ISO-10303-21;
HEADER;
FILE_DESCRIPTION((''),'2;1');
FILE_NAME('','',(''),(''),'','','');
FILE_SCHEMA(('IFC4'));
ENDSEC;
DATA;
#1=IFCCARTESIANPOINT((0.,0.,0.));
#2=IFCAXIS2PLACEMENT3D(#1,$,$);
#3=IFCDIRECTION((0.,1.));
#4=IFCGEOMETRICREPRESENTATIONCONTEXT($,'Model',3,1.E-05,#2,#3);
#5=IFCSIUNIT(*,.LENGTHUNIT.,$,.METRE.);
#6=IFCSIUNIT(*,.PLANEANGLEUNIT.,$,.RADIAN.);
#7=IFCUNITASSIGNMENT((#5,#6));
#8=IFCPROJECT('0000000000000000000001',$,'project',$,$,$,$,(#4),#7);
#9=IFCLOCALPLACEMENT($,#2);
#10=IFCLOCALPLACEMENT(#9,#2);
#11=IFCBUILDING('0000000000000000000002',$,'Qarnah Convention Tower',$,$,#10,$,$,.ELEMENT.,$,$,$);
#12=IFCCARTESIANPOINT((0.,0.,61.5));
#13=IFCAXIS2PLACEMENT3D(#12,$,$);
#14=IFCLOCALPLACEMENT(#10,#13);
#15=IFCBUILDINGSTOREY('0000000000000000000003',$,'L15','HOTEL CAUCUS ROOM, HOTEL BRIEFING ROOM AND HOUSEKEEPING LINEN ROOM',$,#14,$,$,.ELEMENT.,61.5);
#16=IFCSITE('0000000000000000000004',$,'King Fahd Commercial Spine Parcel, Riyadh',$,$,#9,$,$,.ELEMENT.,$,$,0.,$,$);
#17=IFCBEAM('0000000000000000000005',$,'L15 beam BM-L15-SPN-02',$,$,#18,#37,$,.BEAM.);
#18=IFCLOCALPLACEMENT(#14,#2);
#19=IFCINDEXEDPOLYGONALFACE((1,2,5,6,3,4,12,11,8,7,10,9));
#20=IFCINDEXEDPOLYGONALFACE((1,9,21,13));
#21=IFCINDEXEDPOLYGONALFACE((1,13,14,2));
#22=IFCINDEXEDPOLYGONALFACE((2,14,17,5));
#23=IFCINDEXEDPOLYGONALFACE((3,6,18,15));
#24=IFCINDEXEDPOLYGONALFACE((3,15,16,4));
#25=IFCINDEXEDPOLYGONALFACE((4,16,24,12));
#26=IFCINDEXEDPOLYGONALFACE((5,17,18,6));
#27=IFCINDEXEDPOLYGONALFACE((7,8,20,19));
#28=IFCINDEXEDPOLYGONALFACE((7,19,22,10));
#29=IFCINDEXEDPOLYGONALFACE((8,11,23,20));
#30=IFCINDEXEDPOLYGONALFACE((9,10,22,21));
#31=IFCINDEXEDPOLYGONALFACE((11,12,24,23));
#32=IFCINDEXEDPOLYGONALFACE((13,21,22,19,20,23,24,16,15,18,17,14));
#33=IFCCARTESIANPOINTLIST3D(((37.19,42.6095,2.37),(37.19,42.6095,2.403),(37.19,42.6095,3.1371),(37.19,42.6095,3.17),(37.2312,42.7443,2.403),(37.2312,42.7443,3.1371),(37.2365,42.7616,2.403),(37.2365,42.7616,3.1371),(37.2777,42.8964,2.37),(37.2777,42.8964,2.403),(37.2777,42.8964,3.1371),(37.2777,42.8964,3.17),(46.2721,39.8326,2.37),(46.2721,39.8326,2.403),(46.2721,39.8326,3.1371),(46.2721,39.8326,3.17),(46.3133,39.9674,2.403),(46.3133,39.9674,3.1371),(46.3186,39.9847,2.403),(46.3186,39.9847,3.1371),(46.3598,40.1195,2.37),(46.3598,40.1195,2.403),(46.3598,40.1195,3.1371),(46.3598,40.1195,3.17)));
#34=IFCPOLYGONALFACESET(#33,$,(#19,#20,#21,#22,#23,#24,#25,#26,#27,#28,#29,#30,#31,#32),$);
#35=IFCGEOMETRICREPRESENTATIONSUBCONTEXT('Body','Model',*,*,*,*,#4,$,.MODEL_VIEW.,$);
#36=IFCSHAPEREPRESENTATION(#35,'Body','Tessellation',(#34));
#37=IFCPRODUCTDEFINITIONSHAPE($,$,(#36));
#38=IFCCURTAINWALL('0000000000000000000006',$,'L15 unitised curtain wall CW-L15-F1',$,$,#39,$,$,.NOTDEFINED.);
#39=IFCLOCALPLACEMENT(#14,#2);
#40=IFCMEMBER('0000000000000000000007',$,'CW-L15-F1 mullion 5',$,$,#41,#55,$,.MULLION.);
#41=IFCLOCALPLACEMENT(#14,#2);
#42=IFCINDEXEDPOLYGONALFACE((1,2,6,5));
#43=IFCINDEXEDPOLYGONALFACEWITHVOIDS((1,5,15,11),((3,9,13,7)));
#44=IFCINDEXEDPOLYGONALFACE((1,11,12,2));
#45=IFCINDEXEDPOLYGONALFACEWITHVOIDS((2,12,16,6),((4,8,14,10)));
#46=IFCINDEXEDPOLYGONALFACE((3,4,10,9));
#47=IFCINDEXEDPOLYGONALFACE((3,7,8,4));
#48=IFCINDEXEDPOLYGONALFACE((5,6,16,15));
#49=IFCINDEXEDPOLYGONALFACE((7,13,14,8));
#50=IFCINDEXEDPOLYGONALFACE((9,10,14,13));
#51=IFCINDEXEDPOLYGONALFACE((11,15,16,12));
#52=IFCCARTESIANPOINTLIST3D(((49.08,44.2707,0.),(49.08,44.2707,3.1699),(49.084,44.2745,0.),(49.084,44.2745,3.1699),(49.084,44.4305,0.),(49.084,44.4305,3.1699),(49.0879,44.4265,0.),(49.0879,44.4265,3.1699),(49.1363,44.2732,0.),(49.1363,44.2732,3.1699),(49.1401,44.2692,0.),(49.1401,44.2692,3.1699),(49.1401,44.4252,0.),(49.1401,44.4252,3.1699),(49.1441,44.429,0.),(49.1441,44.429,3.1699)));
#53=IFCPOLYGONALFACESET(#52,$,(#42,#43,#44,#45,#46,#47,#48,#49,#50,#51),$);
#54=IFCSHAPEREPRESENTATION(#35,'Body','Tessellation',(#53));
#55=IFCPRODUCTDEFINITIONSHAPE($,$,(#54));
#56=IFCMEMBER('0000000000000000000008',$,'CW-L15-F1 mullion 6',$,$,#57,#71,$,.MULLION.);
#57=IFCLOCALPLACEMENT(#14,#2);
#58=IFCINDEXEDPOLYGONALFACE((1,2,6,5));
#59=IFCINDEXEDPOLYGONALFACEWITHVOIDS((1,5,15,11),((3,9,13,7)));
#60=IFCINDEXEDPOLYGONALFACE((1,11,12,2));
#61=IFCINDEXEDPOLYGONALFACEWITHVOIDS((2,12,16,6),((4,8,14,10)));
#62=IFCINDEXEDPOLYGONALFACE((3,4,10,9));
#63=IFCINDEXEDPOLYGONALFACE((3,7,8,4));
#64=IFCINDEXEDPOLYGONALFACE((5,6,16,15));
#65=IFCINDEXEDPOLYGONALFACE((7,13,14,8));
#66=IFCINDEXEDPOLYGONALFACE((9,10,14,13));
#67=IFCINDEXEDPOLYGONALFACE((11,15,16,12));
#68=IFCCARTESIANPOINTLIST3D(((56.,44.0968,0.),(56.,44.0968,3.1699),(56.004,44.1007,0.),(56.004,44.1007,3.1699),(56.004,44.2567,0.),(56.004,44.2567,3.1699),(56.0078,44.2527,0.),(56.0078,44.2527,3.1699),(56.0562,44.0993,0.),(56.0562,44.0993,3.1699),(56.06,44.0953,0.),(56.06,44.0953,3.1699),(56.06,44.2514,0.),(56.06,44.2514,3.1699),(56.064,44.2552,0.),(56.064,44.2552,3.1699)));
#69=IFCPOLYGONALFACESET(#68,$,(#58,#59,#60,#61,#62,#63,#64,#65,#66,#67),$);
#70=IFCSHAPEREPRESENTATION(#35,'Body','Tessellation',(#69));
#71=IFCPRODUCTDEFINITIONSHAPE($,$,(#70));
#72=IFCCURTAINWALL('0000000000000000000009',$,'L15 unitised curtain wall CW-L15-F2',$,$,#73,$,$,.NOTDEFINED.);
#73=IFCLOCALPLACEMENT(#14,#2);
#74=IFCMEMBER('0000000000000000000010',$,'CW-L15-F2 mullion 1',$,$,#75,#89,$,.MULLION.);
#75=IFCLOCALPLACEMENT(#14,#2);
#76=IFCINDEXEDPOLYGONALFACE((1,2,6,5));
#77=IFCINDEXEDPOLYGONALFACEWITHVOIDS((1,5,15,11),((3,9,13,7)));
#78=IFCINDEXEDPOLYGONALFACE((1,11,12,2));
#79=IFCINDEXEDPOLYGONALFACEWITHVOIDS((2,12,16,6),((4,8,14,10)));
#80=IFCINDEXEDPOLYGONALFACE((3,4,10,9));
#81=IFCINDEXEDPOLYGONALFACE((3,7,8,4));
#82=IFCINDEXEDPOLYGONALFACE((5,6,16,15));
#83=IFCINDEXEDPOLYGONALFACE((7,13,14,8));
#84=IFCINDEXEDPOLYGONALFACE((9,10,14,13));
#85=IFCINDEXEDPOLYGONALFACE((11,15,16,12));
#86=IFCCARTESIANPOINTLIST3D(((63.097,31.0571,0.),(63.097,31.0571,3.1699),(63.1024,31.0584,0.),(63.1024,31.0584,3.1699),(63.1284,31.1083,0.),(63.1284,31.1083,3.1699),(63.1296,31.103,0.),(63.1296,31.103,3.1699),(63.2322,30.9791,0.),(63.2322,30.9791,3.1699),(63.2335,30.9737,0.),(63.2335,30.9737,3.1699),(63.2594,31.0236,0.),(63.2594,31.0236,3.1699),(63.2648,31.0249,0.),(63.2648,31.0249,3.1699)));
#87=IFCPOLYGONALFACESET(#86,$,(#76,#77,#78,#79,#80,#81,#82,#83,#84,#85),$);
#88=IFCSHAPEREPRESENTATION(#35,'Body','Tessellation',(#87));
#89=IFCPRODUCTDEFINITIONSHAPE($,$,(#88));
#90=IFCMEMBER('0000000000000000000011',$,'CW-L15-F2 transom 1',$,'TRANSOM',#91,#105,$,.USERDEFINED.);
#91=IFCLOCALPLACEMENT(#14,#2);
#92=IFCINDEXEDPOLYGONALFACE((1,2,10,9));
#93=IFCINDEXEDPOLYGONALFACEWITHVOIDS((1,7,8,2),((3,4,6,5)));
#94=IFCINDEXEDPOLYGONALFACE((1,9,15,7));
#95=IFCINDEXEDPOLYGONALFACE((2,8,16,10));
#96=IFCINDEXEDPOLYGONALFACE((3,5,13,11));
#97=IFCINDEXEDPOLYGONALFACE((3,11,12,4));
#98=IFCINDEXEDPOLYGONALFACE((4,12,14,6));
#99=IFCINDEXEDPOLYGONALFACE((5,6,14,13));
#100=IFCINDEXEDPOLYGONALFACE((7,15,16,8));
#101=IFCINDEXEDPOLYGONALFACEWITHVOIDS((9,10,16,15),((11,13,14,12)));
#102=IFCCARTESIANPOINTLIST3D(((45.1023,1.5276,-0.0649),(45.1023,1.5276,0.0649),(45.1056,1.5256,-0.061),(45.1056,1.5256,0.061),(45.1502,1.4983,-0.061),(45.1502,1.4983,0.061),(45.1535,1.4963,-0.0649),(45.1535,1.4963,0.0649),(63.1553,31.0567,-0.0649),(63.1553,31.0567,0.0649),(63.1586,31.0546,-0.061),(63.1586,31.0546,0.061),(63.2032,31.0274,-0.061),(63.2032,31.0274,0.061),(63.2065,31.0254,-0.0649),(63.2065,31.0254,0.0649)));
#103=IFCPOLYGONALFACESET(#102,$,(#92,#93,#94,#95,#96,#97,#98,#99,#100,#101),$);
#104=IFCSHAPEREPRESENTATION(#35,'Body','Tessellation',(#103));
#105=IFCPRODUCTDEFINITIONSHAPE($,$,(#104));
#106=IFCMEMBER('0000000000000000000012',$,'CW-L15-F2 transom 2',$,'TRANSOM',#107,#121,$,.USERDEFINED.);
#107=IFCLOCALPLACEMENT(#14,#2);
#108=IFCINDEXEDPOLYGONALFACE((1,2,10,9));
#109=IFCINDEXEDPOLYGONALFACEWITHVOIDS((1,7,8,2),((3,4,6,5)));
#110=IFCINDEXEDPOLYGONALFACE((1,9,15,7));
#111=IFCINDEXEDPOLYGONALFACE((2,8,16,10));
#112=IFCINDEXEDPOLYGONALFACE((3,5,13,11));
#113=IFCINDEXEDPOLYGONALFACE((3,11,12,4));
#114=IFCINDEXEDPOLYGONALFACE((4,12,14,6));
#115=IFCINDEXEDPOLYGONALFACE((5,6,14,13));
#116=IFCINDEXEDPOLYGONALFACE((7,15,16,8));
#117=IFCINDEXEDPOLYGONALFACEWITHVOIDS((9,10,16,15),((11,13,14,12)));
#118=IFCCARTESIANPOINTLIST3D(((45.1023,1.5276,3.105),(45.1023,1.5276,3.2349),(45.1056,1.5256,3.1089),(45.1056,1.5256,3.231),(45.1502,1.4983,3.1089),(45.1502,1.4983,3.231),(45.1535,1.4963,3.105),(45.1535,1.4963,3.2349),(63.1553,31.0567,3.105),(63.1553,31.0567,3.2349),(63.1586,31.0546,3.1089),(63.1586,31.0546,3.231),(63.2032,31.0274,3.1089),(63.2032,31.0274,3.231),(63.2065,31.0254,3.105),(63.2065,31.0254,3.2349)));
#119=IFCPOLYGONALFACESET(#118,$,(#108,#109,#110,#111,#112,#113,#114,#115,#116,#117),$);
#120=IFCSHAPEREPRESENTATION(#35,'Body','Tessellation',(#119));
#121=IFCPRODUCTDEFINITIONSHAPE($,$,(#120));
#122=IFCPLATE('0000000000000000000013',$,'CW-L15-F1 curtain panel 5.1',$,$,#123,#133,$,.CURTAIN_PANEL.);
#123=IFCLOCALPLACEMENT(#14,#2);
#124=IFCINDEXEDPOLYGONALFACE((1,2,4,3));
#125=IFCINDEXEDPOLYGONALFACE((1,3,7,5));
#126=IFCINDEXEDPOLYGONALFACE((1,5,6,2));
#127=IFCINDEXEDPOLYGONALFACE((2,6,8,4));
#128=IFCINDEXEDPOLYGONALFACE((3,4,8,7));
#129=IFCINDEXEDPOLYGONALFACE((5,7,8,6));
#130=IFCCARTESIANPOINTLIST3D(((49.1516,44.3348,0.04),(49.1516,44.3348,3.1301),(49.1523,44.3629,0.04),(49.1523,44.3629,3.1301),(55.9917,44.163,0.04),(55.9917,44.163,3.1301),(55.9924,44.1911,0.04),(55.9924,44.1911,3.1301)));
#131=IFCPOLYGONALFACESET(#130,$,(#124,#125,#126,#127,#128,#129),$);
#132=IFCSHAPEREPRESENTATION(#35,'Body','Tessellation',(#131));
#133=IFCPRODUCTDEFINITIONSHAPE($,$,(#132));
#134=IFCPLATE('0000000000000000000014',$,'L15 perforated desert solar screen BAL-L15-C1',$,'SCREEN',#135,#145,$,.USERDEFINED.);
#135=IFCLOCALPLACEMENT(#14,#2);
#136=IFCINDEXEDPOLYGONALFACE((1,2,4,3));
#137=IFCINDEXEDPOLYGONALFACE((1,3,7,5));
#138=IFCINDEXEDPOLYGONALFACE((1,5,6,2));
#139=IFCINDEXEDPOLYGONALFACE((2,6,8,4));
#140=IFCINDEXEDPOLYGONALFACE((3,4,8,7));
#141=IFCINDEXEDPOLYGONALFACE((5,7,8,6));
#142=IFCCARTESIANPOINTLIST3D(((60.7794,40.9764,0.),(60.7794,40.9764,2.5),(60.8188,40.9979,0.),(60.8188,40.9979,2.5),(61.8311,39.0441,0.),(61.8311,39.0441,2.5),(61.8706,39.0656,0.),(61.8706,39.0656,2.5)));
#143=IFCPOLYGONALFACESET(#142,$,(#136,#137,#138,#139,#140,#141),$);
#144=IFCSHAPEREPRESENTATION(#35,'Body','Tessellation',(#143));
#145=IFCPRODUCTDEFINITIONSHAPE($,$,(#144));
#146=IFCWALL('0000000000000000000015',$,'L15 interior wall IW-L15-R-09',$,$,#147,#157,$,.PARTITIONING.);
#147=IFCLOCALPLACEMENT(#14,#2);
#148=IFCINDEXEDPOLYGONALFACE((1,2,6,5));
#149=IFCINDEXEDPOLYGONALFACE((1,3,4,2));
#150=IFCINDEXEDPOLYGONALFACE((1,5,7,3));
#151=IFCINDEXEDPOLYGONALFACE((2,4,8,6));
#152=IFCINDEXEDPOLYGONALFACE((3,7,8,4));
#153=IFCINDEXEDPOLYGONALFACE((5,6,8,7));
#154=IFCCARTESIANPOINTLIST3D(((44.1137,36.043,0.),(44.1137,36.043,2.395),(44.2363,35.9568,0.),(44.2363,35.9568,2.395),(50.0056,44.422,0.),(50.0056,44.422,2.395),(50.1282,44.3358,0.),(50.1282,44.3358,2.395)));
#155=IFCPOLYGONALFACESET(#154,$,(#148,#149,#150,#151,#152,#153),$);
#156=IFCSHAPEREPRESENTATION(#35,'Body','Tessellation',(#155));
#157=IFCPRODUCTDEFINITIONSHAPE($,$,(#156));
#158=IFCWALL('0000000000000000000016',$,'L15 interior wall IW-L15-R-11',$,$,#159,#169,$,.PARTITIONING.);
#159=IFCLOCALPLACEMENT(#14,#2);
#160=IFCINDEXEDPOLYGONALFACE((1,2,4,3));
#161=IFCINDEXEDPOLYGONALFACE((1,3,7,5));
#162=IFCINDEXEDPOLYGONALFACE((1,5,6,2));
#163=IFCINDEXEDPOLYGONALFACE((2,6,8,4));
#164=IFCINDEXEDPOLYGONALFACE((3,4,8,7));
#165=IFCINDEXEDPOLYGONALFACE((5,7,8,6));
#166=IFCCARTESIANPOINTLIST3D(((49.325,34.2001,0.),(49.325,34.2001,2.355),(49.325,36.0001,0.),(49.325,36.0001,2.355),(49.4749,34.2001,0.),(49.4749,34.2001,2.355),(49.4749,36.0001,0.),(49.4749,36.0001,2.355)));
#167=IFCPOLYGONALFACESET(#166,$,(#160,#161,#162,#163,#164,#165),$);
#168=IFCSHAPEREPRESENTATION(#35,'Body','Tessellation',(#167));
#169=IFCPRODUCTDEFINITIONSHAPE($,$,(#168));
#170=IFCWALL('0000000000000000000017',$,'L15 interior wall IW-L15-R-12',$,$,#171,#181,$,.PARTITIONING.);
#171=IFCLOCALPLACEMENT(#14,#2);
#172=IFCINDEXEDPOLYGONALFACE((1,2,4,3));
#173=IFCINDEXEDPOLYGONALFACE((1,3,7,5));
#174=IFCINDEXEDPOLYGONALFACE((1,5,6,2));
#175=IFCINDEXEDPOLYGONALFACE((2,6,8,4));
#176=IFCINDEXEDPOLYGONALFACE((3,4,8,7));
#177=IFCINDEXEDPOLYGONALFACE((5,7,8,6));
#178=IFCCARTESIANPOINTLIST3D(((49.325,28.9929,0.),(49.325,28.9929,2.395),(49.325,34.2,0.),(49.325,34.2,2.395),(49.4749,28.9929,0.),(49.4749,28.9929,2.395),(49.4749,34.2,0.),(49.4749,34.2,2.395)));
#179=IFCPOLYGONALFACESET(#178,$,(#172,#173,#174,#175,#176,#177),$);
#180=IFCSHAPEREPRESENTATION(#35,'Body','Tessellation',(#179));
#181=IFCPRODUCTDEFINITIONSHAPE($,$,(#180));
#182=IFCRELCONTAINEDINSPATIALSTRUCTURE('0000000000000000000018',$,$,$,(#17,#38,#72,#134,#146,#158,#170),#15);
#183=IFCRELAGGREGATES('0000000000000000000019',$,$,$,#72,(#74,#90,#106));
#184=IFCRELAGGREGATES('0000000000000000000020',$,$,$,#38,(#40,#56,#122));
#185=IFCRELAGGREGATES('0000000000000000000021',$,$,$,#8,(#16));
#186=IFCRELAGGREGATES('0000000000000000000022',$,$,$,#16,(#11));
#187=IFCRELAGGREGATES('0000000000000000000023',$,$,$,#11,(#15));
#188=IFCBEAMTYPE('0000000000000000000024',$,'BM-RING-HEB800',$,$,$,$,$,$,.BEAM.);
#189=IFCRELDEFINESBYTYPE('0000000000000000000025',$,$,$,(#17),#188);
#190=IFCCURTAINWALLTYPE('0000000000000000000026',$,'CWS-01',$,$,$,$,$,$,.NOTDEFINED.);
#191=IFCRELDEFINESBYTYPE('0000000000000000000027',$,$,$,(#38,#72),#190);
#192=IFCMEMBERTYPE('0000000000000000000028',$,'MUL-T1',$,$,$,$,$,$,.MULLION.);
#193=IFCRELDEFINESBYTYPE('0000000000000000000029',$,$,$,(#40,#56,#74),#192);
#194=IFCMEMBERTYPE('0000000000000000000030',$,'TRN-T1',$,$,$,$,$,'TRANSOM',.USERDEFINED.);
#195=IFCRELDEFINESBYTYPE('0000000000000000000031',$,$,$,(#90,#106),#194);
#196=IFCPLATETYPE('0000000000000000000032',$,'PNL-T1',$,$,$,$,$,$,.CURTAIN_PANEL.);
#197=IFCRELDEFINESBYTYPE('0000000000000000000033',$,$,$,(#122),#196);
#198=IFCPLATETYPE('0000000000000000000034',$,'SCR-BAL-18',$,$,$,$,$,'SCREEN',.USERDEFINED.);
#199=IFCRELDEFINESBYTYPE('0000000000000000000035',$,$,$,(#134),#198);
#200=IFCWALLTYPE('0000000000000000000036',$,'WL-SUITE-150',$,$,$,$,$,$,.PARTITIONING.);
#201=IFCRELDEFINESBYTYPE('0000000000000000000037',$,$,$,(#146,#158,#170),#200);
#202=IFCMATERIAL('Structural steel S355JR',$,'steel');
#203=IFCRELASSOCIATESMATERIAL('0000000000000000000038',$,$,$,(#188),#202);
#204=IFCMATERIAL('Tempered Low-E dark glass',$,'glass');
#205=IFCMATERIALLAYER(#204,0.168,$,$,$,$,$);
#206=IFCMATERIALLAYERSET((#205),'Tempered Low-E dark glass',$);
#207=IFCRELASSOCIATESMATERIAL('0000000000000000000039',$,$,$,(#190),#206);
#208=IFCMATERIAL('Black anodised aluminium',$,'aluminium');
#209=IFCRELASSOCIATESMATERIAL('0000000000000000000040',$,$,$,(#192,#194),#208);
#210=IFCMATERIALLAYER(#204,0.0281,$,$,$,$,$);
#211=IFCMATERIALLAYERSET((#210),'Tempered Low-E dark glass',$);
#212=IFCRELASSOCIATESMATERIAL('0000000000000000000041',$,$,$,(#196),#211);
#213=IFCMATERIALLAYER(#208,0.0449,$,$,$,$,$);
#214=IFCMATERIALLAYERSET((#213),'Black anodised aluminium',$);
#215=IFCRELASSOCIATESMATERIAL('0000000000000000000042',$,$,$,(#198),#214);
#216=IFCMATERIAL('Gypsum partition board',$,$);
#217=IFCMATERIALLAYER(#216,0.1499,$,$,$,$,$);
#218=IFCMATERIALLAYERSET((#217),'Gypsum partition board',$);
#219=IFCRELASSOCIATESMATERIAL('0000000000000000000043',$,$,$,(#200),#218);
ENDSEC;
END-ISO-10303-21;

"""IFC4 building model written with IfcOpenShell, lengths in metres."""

from ifc_helpers import new_model, si_unit, direction, frame, frame_2d, origin, origin_2d, place, context, subcontext, project, spatial, rectangle, hollow_rectangle, i_section, extrude, material, layer, layer_set, material_profile, profile_set, type_object, element, aggregate, save


model = new_model("IFC4")

# Units and contexts
model_context = context("Model", 3, precision=1e-05, world=origin(), true_north=direction((0.0, 1.0)))
body_context = subcontext(model_context, "Body", "Model", "MODEL_VIEW")
ifc_project = project(units=[si_unit("LENGTHUNIT", "METRE"), si_unit("PLANEANGLEUNIT", "RADIAN")], contexts=[model_context])

# Site, building, storey
site_placement = place(None, origin())
site = spatial("IfcSite", under=ifc_project, at=site_placement, Name="King Fahd Commercial Spine Parcel, Riyadh", CompositionType="ELEMENT", RefElevation=0.0)
building_placement = place(site_placement, origin())
building = spatial("IfcBuilding", under=site, at=building_placement, Name="Qarnah Convention Tower", CompositionType="ELEMENT")
storey_placement = place(building_placement, frame((0.0, 0.0, 61.5)))
storey = spatial("IfcBuildingStorey", under=building, at=storey_placement, Name="L15", Description="HOTEL CAUCUS ROOM, HOTEL BRIEFING ROOM AND HOUSEKEEPING LINEN ROOM", CompositionType="ELEMENT", Elevation=61.5)

# Beam
ifc_material_1 = material(Name="Structural steel S355JR", Category="steel")
ifc_material_profile_1 = material_profile(ifc_material_1, i_section(OverallWidth=0.3, OverallDepth=0.8, WebThickness=0.0181, FlangeThickness=0.033, at=origin_2d()), Name="HEB800")
ifc_profile_set_1 = profile_set([ifc_material_profile_1], Name="Structural steel S355JR")
beam_type_1 = type_object("IfcBeamType", Name="BM-RING-HEB800", PredefinedType="BEAM", material=ifc_profile_set_1)
beam_1_placement = place(storey_placement, frame((46.3159, 39.9761, 2.77), z_axis=(-0.956299, 0.292391, 0.0), x_axis=(-0.292391, -0.956299, 0.0)))
element("IfcBeam", 1, at=beam_1_placement, inside=storey, type_object=beam_type_1, Name="L15 beam BM-L15-SPN-02", PredefinedType="BEAM", context=body_context, shape_type="SweptSolid", body=[
    extrude(i_section(OverallWidth=0.3, OverallDepth=0.8, WebThickness=0.0181, FlangeThickness=0.033, at=origin_2d()), origin(), (0.0, 0.0, 1.0), 9.4971),
])

# Curtain walls, members
ifc_material_2 = material(Name="Tempered Low-E dark glass", Category="glass")
ifc_layer_1 = layer(ifc_material_2, 0.168)
ifc_layer_set_1 = layer_set([ifc_layer_1], Name="Tempered Low-E dark glass")
curtain_wall_type = type_object("IfcCurtainWallType", Name="CWS-01", PredefinedType="NOTDEFINED", material=ifc_layer_set_1)
curtain_wall_1_placement = place(storey_placement, origin())
curtain_wall_1 = element("IfcCurtainWall", 2, at=curtain_wall_1_placement, inside=storey, type_object=curtain_wall_type, Name="L15 unitised curtain wall CW-L15-F1", PredefinedType="NOTDEFINED")
ifc_material_3 = material(Name="Black anodised aluminium", Category="aluminium")
ifc_material_profile_2 = material_profile(ifc_material_3, hollow_rectangle(XDim=0.0601, YDim=0.1599, WallThickness=0.0039, at=origin_2d()), Name="MUL-60X160")
ifc_profile_set_2 = profile_set([ifc_material_profile_2], Name="Black anodised aluminium")
member_type_1 = type_object("IfcMemberType", Name="MUL-T1", PredefinedType="MULLION", material=ifc_profile_set_2)
member_1_placement = place(storey_placement, frame((49.1121, 44.3499, 0.0), z_axis=(0.0, 0.0, 1.0), x_axis=(0.999685, -0.025108, 0.0)))
member_1 = element("IfcMember", 3, at=member_1_placement, type_object=member_type_1, Name="CW-L15-F1 mullion 5", PredefinedType="MULLION", context=body_context, shape_type="SweptSolid", body=[
    extrude(hollow_rectangle(XDim=0.0601, YDim=0.1599, WallThickness=0.0039, at=origin_2d()), origin(), (0.0, 0.0, 1.0), 3.1699),
])
member_2_placement = place(storey_placement, frame((56.032, 44.176, 0.0), z_axis=(0.0, 0.0, 1.0), x_axis=(0.999685, -0.025108, 0.0)))
member_2 = element("IfcMember", 4, at=member_2_placement, type_object=member_type_1, Name="CW-L15-F1 mullion 6", PredefinedType="MULLION", context=body_context, shape_type="SweptSolid", body=[
    extrude(hollow_rectangle(XDim=0.0601, YDim=0.1599, WallThickness=0.0039, at=origin_2d()), origin(), (0.0, 0.0, 1.0), 3.1699),
])
curtain_wall_2_placement = place(storey_placement, origin())
curtain_wall_2 = element("IfcCurtainWall", 5, at=curtain_wall_2_placement, inside=storey, type_object=curtain_wall_type, Name="L15 unitised curtain wall CW-L15-F2", PredefinedType="NOTDEFINED")
member_3_placement = place(storey_placement, frame((63.1809, 31.041, 0.0), z_axis=(0.0, 0.0, 1.0), x_axis=(-0.521608, -0.853185, 0.0)))
member_3 = element("IfcMember", 6, at=member_3_placement, type_object=member_type_1, Name="CW-L15-F2 mullion 1", PredefinedType="MULLION", context=body_context, shape_type="SweptSolid", body=[
    extrude(hollow_rectangle(XDim=0.0601, YDim=0.1599, WallThickness=0.0039, at=origin_2d()), origin(), (0.0, 0.0, 1.0), 3.1699),
])
ifc_material_profile_3 = material_profile(ifc_material_3, hollow_rectangle(XDim=0.0601, YDim=0.1299, WallThickness=0.0039, at=origin_2d()), Name="TRN-60X130")
ifc_profile_set_3 = profile_set([ifc_material_profile_3], Name="Black anodised aluminium")
member_type_2 = type_object("IfcMemberType", Name="TRN-T1", ElementType="TRANSOM", PredefinedType="USERDEFINED", material=ifc_profile_set_3)
member_4_placement = place(storey_placement, frame((63.1809, 31.041, 0.0), z_axis=(-0.521607, -0.853186, 0.0), x_axis=(0.853186, -0.521607, 0.0)))
member_4 = element("IfcMember", 7, at=member_4_placement, type_object=member_type_2, Name="CW-L15-F2 transom 1", ObjectType="TRANSOM", PredefinedType="USERDEFINED", context=body_context, shape_type="SweptSolid", body=[
    extrude(hollow_rectangle(XDim=0.0601, YDim=0.1299, WallThickness=0.0039, at=origin_2d()), origin(), (0.0, 0.0, 1.0), 34.6104),
])
member_5_placement = place(storey_placement, frame((63.1809, 31.041, 3.1699), z_axis=(-0.521607, -0.853186, 0.0), x_axis=(0.853186, -0.521607, 0.0)))
member_5 = element("IfcMember", 8, at=member_5_placement, type_object=member_type_2, Name="CW-L15-F2 transom 2", ObjectType="TRANSOM", PredefinedType="USERDEFINED", context=body_context, shape_type="SweptSolid", body=[
    extrude(hollow_rectangle(XDim=0.0601, YDim=0.1299, WallThickness=0.0039, at=origin_2d()), origin(), (0.0, 0.0, 1.0), 34.6104),
])
aggregate(curtain_wall_2, [member_3, member_4, member_5])

# Plates
ifc_layer_2 = layer(ifc_material_2, 0.0281)
ifc_layer_set_2 = layer_set([ifc_layer_2], Name="Tempered Low-E dark glass")
plate_type_1 = type_object("IfcPlateType", Name="PNL-T1", PredefinedType="CURTAIN_PANEL", material=ifc_layer_set_2)
plate_1_placement = place(storey_placement, frame((52.572, 44.2629, 0.04), z_axis=(0.0, 0.0, 1.0), x_axis=(0.999685, -0.025108, 0.0)))
plate_1 = element("IfcPlate", 9, at=plate_1_placement, type_object=plate_type_1, Name="CW-L15-F1 curtain panel 5.1", PredefinedType="CURTAIN_PANEL", context=body_context, shape_type="SweptSolid", body=[
    extrude(rectangle(XDim=6.8423, YDim=0.0281, at=origin_2d()), origin(), (0.0, 0.0, 1.0), 3.0901),
])
aggregate(curtain_wall_1, [member_1, member_2, plate_1])
ifc_layer_3 = layer(ifc_material_3, 0.0449)
ifc_layer_set_3 = layer_set([ifc_layer_3], Name="Black anodised aluminium")
plate_type_2 = type_object("IfcPlateType", Name="SCR-BAL-18", ElementType="SCREEN", PredefinedType="USERDEFINED", material=ifc_layer_set_3)
plate_2_placement = place(storey_placement, frame((61.325, 40.021, 0.0), z_axis=(0.0, 0.0, 1.0), x_axis=(0.478076, -0.878319, 0.0)))
element("IfcPlate", 10, at=plate_2_placement, inside=storey, type_object=plate_type_2, Name="L15 perforated desert solar screen BAL-L15-C1", ObjectType="SCREEN", PredefinedType="USERDEFINED", context=body_context, shape_type="SweptSolid", body=[
    extrude(rectangle(XDim=2.2, YDim=0.0449, at=origin_2d()), origin(), (0.0, 0.0, 1.0), 2.5),
])

# Walls
ifc_material_4 = material(Name="Gypsum partition board")
ifc_layer_4 = layer(ifc_material_4, 0.1499)
ifc_layer_set_4 = layer_set([ifc_layer_4], Name="Gypsum partition board")
wall_type_1 = type_object("IfcWallType", Name="WL-SUITE-150", PredefinedType="PARTITIONING", material=ifc_layer_set_4)
wall_1_placement = place(storey_placement, frame((50.0669, 44.3789, 0.0), z_axis=(0.0, 0.0, 1.0), x_axis=(-0.575205, -0.81801, 0.0)))
element("IfcWall", 11, at=wall_1_placement, inside=storey, type_object=wall_type_1, Name="L15 interior wall IW-L15-R-09", PredefinedType="PARTITIONING", context=body_context, shape_type="SweptSolid", body=[
    extrude(rectangle(XDim=10.2432, YDim=0.1499, at=frame_2d((5.1216, 0.0))), origin(), (0.0, 0.0, 1.0), 2.395),
])
wall_2_placement = place(storey_placement, frame((49.3999, 36.0, 0.0), z_axis=(0.0, 0.0, 1.0), x_axis=(0.0, -1.0, 0.0)))
element("IfcWall", 12, at=wall_2_placement, inside=storey, type_object=wall_type_1, Name="L15 interior wall IW-L15-R-11", PredefinedType="PARTITIONING", context=body_context, shape_type="SweptSolid", body=[
    extrude(rectangle(XDim=1.8, YDim=0.1499, at=frame_2d((0.8999, 0.0))), origin(), (0.0, 0.0, 1.0), 2.355),
])
wall_3_placement = place(storey_placement, frame((49.3999, 34.2, 0.0), z_axis=(0.0, 0.0, 1.0), x_axis=(0.0, -1.0, 0.0)))
element("IfcWall", 13, at=wall_3_placement, inside=storey, type_object=wall_type_1, Name="L15 interior wall IW-L15-R-12", PredefinedType="PARTITIONING", context=body_context, shape_type="SweptSolid", body=[
    extrude(rectangle(XDim=5.207, YDim=0.1499, at=frame_2d((2.6035, 0.0))), origin(), (0.0, 0.0, 1.0), 2.395),
])

save(model, "model.ifc")
